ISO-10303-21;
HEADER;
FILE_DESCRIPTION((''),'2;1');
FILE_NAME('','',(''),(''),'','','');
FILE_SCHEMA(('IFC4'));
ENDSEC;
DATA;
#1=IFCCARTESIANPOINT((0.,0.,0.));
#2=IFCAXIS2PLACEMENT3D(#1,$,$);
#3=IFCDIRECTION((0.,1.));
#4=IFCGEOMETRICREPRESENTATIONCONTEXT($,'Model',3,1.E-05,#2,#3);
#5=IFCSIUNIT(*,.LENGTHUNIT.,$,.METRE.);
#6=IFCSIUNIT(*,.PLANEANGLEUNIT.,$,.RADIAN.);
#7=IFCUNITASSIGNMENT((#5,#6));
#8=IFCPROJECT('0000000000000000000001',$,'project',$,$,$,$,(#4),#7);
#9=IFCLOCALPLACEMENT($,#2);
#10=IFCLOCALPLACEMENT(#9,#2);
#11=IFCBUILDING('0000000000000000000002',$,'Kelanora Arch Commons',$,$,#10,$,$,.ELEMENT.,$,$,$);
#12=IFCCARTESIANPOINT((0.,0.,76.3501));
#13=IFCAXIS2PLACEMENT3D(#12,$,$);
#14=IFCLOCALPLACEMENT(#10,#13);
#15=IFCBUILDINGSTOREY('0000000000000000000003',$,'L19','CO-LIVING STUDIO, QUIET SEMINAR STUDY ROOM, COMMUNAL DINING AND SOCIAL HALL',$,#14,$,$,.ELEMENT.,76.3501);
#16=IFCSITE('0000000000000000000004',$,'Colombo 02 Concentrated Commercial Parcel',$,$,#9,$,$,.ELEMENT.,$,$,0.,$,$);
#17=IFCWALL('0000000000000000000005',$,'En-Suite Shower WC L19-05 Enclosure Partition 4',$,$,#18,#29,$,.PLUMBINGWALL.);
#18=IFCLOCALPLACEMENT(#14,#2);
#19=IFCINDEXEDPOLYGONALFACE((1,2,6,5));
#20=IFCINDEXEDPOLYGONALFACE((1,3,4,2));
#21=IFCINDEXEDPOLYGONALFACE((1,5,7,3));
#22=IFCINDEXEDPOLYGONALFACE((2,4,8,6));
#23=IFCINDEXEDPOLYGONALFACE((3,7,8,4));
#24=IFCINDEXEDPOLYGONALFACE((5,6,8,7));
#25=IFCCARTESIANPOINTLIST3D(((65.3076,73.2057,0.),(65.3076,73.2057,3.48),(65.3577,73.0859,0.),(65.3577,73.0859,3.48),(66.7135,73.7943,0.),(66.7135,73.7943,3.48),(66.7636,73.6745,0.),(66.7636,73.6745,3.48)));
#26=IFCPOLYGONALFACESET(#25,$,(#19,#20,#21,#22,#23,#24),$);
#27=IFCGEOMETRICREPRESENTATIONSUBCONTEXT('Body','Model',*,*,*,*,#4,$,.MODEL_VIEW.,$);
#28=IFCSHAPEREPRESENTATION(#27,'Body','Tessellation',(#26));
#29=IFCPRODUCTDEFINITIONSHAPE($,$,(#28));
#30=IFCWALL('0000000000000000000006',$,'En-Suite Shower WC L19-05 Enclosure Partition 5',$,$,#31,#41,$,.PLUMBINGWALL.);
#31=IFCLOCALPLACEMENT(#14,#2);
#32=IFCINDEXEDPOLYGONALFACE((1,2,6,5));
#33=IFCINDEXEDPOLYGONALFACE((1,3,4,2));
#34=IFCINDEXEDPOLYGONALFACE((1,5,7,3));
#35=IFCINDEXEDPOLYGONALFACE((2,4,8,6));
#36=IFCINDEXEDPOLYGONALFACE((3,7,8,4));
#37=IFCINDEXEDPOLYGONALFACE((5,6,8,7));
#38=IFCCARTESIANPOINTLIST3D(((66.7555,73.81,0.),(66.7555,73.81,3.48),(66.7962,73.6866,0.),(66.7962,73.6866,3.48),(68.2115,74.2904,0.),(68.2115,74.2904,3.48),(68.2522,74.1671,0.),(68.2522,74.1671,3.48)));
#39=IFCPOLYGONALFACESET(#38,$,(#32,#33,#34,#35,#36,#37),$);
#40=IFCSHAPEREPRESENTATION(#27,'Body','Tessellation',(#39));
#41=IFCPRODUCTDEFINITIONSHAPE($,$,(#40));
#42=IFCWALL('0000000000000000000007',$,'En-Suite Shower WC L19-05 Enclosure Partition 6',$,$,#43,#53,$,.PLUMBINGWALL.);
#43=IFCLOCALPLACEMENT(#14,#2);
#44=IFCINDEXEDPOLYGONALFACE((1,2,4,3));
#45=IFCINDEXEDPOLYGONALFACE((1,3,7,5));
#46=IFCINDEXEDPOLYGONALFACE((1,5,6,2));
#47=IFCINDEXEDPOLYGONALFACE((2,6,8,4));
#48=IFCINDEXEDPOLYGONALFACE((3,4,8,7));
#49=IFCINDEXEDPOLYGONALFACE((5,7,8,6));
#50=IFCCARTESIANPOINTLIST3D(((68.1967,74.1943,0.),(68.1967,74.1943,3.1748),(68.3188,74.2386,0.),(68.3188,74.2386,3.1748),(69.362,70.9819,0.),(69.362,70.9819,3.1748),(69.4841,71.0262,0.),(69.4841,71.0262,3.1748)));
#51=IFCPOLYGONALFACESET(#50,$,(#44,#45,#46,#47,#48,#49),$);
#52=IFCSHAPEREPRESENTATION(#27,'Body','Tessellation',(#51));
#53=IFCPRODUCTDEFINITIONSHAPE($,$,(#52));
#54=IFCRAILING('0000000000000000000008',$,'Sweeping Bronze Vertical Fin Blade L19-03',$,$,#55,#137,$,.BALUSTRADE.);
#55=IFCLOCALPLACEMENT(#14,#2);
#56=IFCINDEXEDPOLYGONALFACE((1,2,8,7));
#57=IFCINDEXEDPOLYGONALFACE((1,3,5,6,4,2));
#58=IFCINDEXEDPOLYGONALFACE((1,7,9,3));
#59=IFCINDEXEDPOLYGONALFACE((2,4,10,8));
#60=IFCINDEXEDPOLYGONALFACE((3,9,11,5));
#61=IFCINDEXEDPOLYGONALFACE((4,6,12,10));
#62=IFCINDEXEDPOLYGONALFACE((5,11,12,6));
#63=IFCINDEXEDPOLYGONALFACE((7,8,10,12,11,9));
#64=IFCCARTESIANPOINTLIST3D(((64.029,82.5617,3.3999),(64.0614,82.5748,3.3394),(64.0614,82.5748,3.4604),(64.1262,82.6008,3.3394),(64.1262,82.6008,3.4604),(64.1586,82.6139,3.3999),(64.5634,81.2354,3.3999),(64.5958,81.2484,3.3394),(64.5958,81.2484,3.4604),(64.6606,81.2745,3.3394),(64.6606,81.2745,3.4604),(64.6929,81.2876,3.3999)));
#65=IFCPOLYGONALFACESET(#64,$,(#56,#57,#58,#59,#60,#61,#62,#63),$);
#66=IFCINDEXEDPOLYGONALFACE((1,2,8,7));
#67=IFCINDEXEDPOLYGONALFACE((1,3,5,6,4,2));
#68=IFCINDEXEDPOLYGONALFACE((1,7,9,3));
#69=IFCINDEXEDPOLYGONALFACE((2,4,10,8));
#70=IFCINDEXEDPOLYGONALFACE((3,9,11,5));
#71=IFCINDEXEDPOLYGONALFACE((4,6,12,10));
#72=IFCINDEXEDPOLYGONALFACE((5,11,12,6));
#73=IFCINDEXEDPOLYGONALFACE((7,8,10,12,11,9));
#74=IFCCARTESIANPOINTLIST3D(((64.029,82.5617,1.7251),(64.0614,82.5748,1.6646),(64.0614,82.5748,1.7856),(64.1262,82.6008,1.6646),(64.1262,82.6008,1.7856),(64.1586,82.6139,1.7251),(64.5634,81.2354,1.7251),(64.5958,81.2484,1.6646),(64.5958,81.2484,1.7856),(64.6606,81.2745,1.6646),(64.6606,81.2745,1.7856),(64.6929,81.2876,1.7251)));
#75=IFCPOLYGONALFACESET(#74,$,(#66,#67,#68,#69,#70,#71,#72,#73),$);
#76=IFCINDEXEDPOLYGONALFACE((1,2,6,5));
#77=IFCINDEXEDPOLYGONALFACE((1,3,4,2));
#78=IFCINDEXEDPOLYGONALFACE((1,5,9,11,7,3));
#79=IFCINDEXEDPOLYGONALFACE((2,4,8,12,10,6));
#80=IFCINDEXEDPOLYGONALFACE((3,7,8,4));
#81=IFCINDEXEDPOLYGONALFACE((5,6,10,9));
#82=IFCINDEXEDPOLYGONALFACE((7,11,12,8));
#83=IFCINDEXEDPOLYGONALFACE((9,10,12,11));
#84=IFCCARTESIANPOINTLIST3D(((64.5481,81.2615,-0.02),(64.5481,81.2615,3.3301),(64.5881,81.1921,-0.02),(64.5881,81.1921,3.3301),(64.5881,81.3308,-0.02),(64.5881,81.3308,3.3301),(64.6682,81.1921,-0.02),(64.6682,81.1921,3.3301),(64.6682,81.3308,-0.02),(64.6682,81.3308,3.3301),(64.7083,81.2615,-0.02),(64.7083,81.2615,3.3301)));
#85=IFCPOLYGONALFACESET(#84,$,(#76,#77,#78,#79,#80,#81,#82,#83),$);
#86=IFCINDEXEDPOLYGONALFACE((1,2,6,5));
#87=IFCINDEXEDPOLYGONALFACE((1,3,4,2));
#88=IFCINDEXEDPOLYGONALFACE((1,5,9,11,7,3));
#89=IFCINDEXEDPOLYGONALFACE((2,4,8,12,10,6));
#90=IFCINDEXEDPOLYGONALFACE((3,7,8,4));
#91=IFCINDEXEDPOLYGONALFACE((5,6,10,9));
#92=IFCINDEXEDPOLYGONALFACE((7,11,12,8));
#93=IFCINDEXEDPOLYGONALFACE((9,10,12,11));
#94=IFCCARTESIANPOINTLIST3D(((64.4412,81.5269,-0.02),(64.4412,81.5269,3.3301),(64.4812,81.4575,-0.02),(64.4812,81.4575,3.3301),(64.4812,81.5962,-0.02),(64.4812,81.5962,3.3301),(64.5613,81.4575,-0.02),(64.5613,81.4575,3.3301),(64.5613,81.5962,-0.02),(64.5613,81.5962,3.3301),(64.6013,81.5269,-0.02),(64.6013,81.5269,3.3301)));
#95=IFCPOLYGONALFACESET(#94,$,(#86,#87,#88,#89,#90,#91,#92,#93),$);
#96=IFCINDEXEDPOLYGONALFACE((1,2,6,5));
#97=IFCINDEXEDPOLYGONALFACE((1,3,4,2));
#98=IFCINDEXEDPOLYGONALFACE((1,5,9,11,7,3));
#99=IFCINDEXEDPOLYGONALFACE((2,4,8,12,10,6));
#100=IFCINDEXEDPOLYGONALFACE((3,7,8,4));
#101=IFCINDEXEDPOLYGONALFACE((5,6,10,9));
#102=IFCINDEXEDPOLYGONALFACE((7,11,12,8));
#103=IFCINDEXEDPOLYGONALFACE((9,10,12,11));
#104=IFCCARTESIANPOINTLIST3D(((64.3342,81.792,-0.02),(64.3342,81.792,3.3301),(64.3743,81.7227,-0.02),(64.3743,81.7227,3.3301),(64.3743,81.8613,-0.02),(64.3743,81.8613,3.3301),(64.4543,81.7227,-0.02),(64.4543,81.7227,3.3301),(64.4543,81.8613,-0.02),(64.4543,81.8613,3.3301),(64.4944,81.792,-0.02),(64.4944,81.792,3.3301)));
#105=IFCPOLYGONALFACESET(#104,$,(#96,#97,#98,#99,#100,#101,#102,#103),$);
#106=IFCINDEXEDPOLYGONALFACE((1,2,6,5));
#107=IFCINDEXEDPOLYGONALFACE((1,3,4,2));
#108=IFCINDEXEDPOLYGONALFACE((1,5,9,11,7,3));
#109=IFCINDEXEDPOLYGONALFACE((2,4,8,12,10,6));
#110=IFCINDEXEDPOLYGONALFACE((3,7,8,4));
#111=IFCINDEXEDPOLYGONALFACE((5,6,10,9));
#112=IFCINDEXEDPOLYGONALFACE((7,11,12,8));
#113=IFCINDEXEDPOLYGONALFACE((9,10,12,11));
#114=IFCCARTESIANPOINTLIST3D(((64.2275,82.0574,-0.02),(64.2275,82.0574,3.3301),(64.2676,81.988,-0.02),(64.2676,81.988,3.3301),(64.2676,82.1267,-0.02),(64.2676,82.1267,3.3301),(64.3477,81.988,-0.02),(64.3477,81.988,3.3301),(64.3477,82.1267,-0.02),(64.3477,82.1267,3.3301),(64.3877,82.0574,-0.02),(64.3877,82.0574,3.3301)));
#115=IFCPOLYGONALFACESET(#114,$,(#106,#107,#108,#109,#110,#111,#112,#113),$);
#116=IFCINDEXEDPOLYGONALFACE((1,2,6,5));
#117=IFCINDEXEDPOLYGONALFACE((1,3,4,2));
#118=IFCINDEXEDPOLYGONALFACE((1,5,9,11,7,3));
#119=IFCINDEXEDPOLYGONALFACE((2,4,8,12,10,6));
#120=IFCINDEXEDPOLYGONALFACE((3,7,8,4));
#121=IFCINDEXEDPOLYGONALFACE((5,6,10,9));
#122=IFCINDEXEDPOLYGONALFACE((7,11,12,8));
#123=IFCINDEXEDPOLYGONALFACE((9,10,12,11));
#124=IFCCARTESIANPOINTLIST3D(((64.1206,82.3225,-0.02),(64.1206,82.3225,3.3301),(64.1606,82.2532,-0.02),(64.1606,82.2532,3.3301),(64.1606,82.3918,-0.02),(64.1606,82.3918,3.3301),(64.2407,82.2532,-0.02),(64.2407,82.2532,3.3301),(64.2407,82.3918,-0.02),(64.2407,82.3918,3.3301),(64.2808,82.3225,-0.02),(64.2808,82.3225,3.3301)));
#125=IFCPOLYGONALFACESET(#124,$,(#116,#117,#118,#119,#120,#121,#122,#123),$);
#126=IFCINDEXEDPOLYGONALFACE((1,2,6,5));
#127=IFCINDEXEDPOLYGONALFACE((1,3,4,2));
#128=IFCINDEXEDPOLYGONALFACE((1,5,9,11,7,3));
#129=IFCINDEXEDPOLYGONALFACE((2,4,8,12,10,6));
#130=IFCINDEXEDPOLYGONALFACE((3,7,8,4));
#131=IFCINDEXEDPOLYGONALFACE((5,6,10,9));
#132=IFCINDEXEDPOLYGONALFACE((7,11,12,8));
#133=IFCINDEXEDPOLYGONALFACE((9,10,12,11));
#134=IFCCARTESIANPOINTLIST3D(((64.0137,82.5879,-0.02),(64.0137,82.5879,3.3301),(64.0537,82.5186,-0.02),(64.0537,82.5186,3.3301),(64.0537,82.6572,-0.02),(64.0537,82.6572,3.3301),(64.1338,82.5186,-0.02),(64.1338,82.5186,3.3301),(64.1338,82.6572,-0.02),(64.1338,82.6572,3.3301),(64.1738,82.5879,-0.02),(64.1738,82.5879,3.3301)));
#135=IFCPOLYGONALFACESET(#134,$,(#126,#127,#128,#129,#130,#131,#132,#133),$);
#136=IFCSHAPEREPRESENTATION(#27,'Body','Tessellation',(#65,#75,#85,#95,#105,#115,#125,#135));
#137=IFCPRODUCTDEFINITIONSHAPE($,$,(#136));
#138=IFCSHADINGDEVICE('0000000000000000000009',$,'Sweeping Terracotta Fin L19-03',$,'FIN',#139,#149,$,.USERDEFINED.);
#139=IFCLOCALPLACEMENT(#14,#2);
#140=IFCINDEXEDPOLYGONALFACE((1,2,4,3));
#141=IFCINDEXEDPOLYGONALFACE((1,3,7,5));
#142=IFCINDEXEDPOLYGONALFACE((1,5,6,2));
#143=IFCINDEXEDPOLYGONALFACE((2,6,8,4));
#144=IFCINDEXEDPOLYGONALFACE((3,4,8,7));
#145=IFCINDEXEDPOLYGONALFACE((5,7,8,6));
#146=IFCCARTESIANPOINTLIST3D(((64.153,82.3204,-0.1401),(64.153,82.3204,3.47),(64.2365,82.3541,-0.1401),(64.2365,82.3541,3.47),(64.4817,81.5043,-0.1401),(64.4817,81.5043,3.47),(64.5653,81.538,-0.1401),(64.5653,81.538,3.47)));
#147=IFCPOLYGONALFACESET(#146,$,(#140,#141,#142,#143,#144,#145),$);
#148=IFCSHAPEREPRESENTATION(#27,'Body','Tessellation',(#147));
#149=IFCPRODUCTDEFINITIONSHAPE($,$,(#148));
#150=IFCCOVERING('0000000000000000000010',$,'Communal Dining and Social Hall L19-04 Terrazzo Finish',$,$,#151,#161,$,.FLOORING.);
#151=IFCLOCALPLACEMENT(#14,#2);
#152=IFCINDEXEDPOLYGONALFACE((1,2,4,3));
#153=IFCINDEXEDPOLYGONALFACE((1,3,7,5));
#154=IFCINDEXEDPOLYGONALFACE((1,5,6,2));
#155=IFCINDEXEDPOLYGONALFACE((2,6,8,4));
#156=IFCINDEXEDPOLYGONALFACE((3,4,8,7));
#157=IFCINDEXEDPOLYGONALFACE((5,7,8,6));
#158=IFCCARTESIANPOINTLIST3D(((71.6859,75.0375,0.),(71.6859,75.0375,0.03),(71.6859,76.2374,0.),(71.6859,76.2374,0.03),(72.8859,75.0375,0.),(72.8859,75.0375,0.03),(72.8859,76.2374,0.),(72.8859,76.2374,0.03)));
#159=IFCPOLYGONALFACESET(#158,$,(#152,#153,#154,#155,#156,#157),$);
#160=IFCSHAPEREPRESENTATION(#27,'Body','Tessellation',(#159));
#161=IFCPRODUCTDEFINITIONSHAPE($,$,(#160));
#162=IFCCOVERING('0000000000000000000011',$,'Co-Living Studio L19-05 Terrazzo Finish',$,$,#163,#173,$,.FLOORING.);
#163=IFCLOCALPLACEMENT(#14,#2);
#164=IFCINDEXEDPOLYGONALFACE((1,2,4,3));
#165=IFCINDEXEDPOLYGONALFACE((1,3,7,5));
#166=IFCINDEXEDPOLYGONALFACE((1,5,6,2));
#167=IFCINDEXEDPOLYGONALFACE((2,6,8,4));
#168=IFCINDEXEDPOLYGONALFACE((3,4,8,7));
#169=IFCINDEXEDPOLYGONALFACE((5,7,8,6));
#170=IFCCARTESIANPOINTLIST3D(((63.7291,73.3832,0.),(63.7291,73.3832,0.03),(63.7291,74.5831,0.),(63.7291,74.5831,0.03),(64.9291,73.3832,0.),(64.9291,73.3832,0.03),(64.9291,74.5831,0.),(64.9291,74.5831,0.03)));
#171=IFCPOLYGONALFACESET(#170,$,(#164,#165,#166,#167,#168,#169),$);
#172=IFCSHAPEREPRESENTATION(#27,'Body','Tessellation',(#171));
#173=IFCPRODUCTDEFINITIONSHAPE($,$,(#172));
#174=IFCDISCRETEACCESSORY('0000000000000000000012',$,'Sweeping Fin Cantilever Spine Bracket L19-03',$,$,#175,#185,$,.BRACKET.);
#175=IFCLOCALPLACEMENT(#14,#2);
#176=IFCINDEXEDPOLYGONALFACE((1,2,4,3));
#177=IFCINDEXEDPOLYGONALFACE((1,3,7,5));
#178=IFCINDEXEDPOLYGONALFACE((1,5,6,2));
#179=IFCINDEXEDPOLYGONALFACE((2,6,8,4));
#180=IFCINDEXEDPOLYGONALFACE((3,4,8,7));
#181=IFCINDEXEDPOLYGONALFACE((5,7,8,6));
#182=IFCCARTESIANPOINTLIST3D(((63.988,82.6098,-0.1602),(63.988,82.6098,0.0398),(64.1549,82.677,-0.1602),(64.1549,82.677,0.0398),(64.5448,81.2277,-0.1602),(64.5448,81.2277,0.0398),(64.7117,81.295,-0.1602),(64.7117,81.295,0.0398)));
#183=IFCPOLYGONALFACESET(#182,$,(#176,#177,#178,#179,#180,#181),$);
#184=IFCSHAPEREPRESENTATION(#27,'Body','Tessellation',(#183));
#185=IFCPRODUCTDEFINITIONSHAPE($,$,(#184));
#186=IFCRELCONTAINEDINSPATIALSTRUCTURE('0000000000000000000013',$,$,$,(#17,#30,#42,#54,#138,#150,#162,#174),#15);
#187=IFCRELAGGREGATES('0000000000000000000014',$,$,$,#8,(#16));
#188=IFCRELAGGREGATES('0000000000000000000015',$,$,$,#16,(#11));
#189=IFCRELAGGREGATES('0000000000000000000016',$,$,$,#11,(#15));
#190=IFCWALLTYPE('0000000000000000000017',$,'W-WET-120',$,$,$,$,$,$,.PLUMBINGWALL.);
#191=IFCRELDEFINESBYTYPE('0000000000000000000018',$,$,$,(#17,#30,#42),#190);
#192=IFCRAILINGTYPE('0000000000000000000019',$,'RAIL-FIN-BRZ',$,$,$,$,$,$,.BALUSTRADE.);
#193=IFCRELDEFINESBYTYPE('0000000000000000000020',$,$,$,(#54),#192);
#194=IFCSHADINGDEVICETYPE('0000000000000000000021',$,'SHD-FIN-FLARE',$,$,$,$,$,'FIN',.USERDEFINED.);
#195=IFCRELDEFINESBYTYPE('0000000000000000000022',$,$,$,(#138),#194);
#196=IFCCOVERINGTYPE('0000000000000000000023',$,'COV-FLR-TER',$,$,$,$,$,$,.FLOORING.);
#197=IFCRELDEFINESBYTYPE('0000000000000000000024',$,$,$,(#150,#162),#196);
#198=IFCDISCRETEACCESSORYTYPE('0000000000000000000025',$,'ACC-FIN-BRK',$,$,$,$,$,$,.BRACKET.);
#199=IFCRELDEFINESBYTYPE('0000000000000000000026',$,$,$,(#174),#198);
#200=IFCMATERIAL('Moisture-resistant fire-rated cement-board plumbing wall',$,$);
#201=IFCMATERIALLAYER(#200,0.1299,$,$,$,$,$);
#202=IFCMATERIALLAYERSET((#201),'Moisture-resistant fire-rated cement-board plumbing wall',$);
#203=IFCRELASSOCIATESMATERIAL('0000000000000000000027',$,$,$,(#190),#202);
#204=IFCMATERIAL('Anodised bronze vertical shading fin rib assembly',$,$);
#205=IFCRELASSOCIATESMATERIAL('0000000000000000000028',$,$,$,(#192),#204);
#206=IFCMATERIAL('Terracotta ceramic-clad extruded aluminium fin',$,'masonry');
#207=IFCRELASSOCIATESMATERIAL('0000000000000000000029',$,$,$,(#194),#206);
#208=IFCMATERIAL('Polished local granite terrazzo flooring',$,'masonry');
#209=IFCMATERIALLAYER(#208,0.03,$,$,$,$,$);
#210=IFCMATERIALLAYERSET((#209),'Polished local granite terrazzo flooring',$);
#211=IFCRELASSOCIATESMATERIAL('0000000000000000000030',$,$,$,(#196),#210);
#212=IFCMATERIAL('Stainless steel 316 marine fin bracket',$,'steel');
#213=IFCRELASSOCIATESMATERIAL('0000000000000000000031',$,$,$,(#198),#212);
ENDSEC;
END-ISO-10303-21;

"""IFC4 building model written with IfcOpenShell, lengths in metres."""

from ifc_helpers import new_model, si_unit, direction, frame, frame_2d, origin, origin_2d, place, context, subcontext, project, spatial, polyline, rectangle, outline, extrude, source, transform, mapped, material, layer, layer_set, type_object, element, save


model = new_model("IFC4")

# Units and contexts
model_context = context("Model", 3, precision=1e-05, world=origin(), true_north=direction((0.0, 1.0)))
body_context = subcontext(model_context, "Body", "Model", "MODEL_VIEW")
ifc_project = project(units=[si_unit("LENGTHUNIT", "METRE"), si_unit("PLANEANGLEUNIT", "RADIAN")], contexts=[model_context])

# Site, building, storey
site_placement = place(None, origin())
site = spatial("IfcSite", under=ifc_project, at=site_placement, Name="Colombo 02 Concentrated Commercial Parcel", CompositionType="ELEMENT", RefElevation=0.0)
building_placement = place(site_placement, origin())
building = spatial("IfcBuilding", under=site, at=building_placement, Name="Kelanora Arch Commons", CompositionType="ELEMENT")
storey_placement = place(building_placement, frame((0.0, 0.0, 76.3501)))
storey = spatial("IfcBuildingStorey", under=building, at=storey_placement, Name="L19", Description="CO-LIVING STUDIO, QUIET SEMINAR STUDY ROOM, COMMUNAL DINING AND SOCIAL HALL", CompositionType="ELEMENT", Elevation=76.3501)

# Walls
ifc_material_1 = material(Name="Moisture-resistant fire-rated cement-board plumbing wall")
ifc_layer_1 = layer(ifc_material_1, 0.1299)
ifc_layer_set_1 = layer_set([ifc_layer_1], Name="Moisture-resistant fire-rated cement-board plumbing wall")
wall_type_1 = type_object("IfcWallType", Name="W-WET-120", PredefinedType="PLUMBINGWALL", material=ifc_layer_set_1)
wall_1_placement = place(storey_placement, frame((65.3325, 73.1458, 0.0), z_axis=(0.0, 0.0, 1.0), x_axis=(0.922426, 0.386173, 0.0)))
element("IfcWall", 1, at=wall_1_placement, inside=storey, type_object=wall_type_1, Name="En-Suite Shower WC L19-05 Enclosure Partition 4", PredefinedType="PLUMBINGWALL", context=body_context, shape_type="SweptSolid", body=[
    extrude(rectangle(XDim=1.5242, YDim=0.1299, at=frame_2d((0.7622, 0.0))), origin(), (0.0, 0.0, 1.0), 3.48),
])
wall_2_placement = place(storey_placement, frame((66.7759, 73.7483, 0.0), z_axis=(0.0, 0.0, 1.0), x_axis=(0.949634, 0.31336, 0.0)))
element("IfcWall", 2, at=wall_2_placement, inside=storey, type_object=wall_type_1, Name="En-Suite Shower WC L19-05 Enclosure Partition 5", PredefinedType="PLUMBINGWALL", context=body_context, shape_type="SweptSolid", body=[
    extrude(rectangle(XDim=1.5332, YDim=0.1299, at=frame_2d((0.7666, 0.0))), origin(), (0.0, 0.0, 1.0), 3.48),
])
wall_3_placement = place(storey_placement, frame((68.2578, 74.2163, 0.0), z_axis=(0.0, 0.0, 1.0), x_axis=(0.341003, -0.940062, 0.0)))
element("IfcWall", 3, at=wall_3_placement, inside=storey, type_object=wall_type_1, Name="En-Suite Shower WC L19-05 Enclosure Partition 6", PredefinedType="PLUMBINGWALL", context=body_context, shape_type="SweptSolid", body=[
    extrude(rectangle(XDim=3.4172, YDim=0.1299, at=frame_2d((1.7085, 0.0))), origin(), (0.0, 0.0, 1.0), 3.1748),
])

# Railing
ifc_material_2 = material(Name="Anodised bronze vertical shading fin rib assembly")
railing_type = type_object("IfcRailingType", Name="RAIL-FIN-BRZ", PredefinedType="BALUSTRADE", material=ifc_material_2)
railing_placement = place(storey_placement, frame((64.6282, 81.2615, -0.02)))
element("IfcRailing", 4, at=railing_placement, inside=storey, type_object=railing_type, Name="Sweeping Bronze Vertical Fin Blade L19-03", PredefinedType="BALUSTRADE", context=body_context, shape_type="SweptSolid", body=[
    extrude(outline(polyline([(0.0698, 0.0), (0.0349, 0.0605), (-0.0349, 0.0605), (-0.0698, 0.0), (-0.0349, -0.0605), (0.0349, -0.0605), (0.0698, 0.0)])), frame((0.0, 0.0, 3.4199), z_axis=(-0.373715, 0.927544, 0.0), x_axis=(-0.927544, -0.373715, 0.0)), (0.0, 0.0, 1.0), 1.4299),
    extrude(outline(polyline([(0.0698, 0.0), (0.0349, 0.0605), (-0.0349, 0.0605), (-0.0698, 0.0), (-0.0349, -0.0605), (0.0349, -0.0605), (0.0698, 0.0)])), frame((0.0, 0.0, 1.7451), z_axis=(-0.373715, 0.927544, 0.0), x_axis=(-0.927544, -0.373715, 0.0)), (0.0, 0.0, 1.0), 1.4299),
    extrude(outline(polyline([(0.0801, 0.0), (0.04, 0.0693), (-0.04, 0.0693), (-0.0801, 0.0), (-0.04, -0.0693), (0.04, -0.0693), (0.0801, 0.0)])), origin(), (0.0, 0.0, 1.0), 3.3501),
    extrude(outline(polyline([(0.0801, 0.0), (0.04, 0.0693), (-0.04, 0.0693), (-0.0801, 0.0), (-0.04, -0.0693), (0.04, -0.0693), (0.0801, 0.0)])), frame((-0.1069, 0.2654, 0.0)), (0.0, 0.0, 1.0), 3.3501),
    extrude(outline(polyline([(0.0801, 0.0), (0.04, 0.0693), (-0.04, 0.0693), (-0.0801, 0.0), (-0.04, -0.0693), (0.04, -0.0693), (0.0801, 0.0)])), frame((-0.2139, 0.5305, 0.0)), (0.0, 0.0, 1.0), 3.3501),
    extrude(outline(polyline([(0.0801, 0.0), (0.04, 0.0693), (-0.04, 0.0693), (-0.0801, 0.0), (-0.04, -0.0693), (0.04, -0.0693), (0.0801, 0.0)])), frame((-0.3206, 0.7959, 0.0)), (0.0, 0.0, 1.0), 3.3501),
    extrude(outline(polyline([(0.0801, 0.0), (0.04, 0.0693), (-0.04, 0.0693), (-0.0801, 0.0), (-0.04, -0.0693), (0.04, -0.0693), (0.0801, 0.0)])), frame((-0.4275, 1.061, 0.0)), (0.0, 0.0, 1.0), 3.3501),
    extrude(outline(polyline([(0.0801, 0.0), (0.04, 0.0693), (-0.04, 0.0693), (-0.0801, 0.0), (-0.04, -0.0693), (0.04, -0.0693), (0.0801, 0.0)])), frame((-0.5344, 1.3264, 0.0)), (0.0, 0.0, 1.0), 3.3501),
])

# Shading device
ifc_material_3 = material(Name="Terracotta ceramic-clad extruded aluminium fin", Category="masonry")
shading_device_type = type_object("IfcShadingDeviceType", Name="SHD-FIN-FLARE", ElementType="FIN", PredefinedType="USERDEFINED", material=ifc_material_3)
shared_shape_1 = source(origin(), body_context, "Body", "SweptSolid", [
    extrude(rectangle(XDim=0.8799, YDim=0.0901, at=origin_2d()), origin(), (0.0, 0.0, 1.0), 3.6101),
])
shading_device_placement = place(storey_placement, frame((64.3591, 81.9292, -0.1401), z_axis=(0.0, 0.0, 1.0), x_axis=(-0.373635, 0.927576, 0.0)))
element("IfcShadingDevice", 5, at=shading_device_placement, inside=storey, type_object=shading_device_type, Name="Sweeping Terracotta Fin L19-03", ObjectType="FIN", PredefinedType="USERDEFINED", context=body_context, shape_type="MappedRepresentation", body=[
    mapped(shared_shape_1, transform((0.0, 0.0, 0.0), scale=1.0)),
])

# Coverings
ifc_material_4 = material(Name="Polished local granite terrazzo flooring", Category="masonry")
ifc_layer_2 = layer(ifc_material_4, 0.03)
ifc_layer_set_2 = layer_set([ifc_layer_2], Name="Polished local granite terrazzo flooring")
covering_type = type_object("IfcCoveringType", Name="COV-FLR-TER", PredefinedType="FLOORING", material=ifc_layer_set_2)
shared_shape_2 = source(origin(), body_context, "Body", "SweptSolid", [
    extrude(rectangle(XDim=1.2, YDim=1.2, at=origin_2d()), origin(), (0.0, 0.0, 1.0), 0.03),
])
for number, where, z_axis, x_axis, name in (
    (6, (72.2859, 75.6375, 0.0), (0.0, 0.0, 1.0), (1.0, 0.0, 0.0), "Communal Dining and Social Hall L19-04 Terrazzo Finish"),
    (7, (64.3291, 73.9832, 0.0), (0.0, 0.0, 1.0), (1.0, 0.0, 0.0), "Co-Living Studio L19-05 Terrazzo Finish"),
):
    element("IfcCovering", number, at=place(storey_placement, frame(where, z_axis=z_axis, x_axis=x_axis)), inside=storey, type_object=covering_type, Name=name, PredefinedType="FLOORING", context=body_context, shape_type="MappedRepresentation", body=[
        mapped(shared_shape_2, transform((0.0, 0.0, 0.0), scale=1.0)),
    ])

# Discrete accessory
ifc_material_5 = material(Name="Stainless steel 316 marine fin bracket", Category="steel")
discrete_accessory_type = type_object("IfcDiscreteAccessoryType", Name="ACC-FIN-BRK", PredefinedType="BRACKET", material=ifc_material_5)
shared_shape_3 = source(origin(), body_context, "Body", "SweptSolid", [
    extrude(rectangle(XDim=1.49, YDim=0.1799, at=origin_2d()), origin(), (0.0, 0.0, 1.0), 0.2),
])
discrete_accessory_placement = place(storey_placement, frame((64.3499, 81.9524, -0.1602), z_axis=(0.0, 0.0, 1.0), x_axis=(-0.373635, 0.927576, 0.0)))
element("IfcDiscreteAccessory", 8, at=discrete_accessory_placement, inside=storey, type_object=discrete_accessory_type, Name="Sweeping Fin Cantilever Spine Bracket L19-03", PredefinedType="BRACKET", context=body_context, shape_type="MappedRepresentation", body=[
    mapped(shared_shape_3, transform((0.0, 0.0, 0.0), scale=1.0)),
])

save(model, "model.ifc")
